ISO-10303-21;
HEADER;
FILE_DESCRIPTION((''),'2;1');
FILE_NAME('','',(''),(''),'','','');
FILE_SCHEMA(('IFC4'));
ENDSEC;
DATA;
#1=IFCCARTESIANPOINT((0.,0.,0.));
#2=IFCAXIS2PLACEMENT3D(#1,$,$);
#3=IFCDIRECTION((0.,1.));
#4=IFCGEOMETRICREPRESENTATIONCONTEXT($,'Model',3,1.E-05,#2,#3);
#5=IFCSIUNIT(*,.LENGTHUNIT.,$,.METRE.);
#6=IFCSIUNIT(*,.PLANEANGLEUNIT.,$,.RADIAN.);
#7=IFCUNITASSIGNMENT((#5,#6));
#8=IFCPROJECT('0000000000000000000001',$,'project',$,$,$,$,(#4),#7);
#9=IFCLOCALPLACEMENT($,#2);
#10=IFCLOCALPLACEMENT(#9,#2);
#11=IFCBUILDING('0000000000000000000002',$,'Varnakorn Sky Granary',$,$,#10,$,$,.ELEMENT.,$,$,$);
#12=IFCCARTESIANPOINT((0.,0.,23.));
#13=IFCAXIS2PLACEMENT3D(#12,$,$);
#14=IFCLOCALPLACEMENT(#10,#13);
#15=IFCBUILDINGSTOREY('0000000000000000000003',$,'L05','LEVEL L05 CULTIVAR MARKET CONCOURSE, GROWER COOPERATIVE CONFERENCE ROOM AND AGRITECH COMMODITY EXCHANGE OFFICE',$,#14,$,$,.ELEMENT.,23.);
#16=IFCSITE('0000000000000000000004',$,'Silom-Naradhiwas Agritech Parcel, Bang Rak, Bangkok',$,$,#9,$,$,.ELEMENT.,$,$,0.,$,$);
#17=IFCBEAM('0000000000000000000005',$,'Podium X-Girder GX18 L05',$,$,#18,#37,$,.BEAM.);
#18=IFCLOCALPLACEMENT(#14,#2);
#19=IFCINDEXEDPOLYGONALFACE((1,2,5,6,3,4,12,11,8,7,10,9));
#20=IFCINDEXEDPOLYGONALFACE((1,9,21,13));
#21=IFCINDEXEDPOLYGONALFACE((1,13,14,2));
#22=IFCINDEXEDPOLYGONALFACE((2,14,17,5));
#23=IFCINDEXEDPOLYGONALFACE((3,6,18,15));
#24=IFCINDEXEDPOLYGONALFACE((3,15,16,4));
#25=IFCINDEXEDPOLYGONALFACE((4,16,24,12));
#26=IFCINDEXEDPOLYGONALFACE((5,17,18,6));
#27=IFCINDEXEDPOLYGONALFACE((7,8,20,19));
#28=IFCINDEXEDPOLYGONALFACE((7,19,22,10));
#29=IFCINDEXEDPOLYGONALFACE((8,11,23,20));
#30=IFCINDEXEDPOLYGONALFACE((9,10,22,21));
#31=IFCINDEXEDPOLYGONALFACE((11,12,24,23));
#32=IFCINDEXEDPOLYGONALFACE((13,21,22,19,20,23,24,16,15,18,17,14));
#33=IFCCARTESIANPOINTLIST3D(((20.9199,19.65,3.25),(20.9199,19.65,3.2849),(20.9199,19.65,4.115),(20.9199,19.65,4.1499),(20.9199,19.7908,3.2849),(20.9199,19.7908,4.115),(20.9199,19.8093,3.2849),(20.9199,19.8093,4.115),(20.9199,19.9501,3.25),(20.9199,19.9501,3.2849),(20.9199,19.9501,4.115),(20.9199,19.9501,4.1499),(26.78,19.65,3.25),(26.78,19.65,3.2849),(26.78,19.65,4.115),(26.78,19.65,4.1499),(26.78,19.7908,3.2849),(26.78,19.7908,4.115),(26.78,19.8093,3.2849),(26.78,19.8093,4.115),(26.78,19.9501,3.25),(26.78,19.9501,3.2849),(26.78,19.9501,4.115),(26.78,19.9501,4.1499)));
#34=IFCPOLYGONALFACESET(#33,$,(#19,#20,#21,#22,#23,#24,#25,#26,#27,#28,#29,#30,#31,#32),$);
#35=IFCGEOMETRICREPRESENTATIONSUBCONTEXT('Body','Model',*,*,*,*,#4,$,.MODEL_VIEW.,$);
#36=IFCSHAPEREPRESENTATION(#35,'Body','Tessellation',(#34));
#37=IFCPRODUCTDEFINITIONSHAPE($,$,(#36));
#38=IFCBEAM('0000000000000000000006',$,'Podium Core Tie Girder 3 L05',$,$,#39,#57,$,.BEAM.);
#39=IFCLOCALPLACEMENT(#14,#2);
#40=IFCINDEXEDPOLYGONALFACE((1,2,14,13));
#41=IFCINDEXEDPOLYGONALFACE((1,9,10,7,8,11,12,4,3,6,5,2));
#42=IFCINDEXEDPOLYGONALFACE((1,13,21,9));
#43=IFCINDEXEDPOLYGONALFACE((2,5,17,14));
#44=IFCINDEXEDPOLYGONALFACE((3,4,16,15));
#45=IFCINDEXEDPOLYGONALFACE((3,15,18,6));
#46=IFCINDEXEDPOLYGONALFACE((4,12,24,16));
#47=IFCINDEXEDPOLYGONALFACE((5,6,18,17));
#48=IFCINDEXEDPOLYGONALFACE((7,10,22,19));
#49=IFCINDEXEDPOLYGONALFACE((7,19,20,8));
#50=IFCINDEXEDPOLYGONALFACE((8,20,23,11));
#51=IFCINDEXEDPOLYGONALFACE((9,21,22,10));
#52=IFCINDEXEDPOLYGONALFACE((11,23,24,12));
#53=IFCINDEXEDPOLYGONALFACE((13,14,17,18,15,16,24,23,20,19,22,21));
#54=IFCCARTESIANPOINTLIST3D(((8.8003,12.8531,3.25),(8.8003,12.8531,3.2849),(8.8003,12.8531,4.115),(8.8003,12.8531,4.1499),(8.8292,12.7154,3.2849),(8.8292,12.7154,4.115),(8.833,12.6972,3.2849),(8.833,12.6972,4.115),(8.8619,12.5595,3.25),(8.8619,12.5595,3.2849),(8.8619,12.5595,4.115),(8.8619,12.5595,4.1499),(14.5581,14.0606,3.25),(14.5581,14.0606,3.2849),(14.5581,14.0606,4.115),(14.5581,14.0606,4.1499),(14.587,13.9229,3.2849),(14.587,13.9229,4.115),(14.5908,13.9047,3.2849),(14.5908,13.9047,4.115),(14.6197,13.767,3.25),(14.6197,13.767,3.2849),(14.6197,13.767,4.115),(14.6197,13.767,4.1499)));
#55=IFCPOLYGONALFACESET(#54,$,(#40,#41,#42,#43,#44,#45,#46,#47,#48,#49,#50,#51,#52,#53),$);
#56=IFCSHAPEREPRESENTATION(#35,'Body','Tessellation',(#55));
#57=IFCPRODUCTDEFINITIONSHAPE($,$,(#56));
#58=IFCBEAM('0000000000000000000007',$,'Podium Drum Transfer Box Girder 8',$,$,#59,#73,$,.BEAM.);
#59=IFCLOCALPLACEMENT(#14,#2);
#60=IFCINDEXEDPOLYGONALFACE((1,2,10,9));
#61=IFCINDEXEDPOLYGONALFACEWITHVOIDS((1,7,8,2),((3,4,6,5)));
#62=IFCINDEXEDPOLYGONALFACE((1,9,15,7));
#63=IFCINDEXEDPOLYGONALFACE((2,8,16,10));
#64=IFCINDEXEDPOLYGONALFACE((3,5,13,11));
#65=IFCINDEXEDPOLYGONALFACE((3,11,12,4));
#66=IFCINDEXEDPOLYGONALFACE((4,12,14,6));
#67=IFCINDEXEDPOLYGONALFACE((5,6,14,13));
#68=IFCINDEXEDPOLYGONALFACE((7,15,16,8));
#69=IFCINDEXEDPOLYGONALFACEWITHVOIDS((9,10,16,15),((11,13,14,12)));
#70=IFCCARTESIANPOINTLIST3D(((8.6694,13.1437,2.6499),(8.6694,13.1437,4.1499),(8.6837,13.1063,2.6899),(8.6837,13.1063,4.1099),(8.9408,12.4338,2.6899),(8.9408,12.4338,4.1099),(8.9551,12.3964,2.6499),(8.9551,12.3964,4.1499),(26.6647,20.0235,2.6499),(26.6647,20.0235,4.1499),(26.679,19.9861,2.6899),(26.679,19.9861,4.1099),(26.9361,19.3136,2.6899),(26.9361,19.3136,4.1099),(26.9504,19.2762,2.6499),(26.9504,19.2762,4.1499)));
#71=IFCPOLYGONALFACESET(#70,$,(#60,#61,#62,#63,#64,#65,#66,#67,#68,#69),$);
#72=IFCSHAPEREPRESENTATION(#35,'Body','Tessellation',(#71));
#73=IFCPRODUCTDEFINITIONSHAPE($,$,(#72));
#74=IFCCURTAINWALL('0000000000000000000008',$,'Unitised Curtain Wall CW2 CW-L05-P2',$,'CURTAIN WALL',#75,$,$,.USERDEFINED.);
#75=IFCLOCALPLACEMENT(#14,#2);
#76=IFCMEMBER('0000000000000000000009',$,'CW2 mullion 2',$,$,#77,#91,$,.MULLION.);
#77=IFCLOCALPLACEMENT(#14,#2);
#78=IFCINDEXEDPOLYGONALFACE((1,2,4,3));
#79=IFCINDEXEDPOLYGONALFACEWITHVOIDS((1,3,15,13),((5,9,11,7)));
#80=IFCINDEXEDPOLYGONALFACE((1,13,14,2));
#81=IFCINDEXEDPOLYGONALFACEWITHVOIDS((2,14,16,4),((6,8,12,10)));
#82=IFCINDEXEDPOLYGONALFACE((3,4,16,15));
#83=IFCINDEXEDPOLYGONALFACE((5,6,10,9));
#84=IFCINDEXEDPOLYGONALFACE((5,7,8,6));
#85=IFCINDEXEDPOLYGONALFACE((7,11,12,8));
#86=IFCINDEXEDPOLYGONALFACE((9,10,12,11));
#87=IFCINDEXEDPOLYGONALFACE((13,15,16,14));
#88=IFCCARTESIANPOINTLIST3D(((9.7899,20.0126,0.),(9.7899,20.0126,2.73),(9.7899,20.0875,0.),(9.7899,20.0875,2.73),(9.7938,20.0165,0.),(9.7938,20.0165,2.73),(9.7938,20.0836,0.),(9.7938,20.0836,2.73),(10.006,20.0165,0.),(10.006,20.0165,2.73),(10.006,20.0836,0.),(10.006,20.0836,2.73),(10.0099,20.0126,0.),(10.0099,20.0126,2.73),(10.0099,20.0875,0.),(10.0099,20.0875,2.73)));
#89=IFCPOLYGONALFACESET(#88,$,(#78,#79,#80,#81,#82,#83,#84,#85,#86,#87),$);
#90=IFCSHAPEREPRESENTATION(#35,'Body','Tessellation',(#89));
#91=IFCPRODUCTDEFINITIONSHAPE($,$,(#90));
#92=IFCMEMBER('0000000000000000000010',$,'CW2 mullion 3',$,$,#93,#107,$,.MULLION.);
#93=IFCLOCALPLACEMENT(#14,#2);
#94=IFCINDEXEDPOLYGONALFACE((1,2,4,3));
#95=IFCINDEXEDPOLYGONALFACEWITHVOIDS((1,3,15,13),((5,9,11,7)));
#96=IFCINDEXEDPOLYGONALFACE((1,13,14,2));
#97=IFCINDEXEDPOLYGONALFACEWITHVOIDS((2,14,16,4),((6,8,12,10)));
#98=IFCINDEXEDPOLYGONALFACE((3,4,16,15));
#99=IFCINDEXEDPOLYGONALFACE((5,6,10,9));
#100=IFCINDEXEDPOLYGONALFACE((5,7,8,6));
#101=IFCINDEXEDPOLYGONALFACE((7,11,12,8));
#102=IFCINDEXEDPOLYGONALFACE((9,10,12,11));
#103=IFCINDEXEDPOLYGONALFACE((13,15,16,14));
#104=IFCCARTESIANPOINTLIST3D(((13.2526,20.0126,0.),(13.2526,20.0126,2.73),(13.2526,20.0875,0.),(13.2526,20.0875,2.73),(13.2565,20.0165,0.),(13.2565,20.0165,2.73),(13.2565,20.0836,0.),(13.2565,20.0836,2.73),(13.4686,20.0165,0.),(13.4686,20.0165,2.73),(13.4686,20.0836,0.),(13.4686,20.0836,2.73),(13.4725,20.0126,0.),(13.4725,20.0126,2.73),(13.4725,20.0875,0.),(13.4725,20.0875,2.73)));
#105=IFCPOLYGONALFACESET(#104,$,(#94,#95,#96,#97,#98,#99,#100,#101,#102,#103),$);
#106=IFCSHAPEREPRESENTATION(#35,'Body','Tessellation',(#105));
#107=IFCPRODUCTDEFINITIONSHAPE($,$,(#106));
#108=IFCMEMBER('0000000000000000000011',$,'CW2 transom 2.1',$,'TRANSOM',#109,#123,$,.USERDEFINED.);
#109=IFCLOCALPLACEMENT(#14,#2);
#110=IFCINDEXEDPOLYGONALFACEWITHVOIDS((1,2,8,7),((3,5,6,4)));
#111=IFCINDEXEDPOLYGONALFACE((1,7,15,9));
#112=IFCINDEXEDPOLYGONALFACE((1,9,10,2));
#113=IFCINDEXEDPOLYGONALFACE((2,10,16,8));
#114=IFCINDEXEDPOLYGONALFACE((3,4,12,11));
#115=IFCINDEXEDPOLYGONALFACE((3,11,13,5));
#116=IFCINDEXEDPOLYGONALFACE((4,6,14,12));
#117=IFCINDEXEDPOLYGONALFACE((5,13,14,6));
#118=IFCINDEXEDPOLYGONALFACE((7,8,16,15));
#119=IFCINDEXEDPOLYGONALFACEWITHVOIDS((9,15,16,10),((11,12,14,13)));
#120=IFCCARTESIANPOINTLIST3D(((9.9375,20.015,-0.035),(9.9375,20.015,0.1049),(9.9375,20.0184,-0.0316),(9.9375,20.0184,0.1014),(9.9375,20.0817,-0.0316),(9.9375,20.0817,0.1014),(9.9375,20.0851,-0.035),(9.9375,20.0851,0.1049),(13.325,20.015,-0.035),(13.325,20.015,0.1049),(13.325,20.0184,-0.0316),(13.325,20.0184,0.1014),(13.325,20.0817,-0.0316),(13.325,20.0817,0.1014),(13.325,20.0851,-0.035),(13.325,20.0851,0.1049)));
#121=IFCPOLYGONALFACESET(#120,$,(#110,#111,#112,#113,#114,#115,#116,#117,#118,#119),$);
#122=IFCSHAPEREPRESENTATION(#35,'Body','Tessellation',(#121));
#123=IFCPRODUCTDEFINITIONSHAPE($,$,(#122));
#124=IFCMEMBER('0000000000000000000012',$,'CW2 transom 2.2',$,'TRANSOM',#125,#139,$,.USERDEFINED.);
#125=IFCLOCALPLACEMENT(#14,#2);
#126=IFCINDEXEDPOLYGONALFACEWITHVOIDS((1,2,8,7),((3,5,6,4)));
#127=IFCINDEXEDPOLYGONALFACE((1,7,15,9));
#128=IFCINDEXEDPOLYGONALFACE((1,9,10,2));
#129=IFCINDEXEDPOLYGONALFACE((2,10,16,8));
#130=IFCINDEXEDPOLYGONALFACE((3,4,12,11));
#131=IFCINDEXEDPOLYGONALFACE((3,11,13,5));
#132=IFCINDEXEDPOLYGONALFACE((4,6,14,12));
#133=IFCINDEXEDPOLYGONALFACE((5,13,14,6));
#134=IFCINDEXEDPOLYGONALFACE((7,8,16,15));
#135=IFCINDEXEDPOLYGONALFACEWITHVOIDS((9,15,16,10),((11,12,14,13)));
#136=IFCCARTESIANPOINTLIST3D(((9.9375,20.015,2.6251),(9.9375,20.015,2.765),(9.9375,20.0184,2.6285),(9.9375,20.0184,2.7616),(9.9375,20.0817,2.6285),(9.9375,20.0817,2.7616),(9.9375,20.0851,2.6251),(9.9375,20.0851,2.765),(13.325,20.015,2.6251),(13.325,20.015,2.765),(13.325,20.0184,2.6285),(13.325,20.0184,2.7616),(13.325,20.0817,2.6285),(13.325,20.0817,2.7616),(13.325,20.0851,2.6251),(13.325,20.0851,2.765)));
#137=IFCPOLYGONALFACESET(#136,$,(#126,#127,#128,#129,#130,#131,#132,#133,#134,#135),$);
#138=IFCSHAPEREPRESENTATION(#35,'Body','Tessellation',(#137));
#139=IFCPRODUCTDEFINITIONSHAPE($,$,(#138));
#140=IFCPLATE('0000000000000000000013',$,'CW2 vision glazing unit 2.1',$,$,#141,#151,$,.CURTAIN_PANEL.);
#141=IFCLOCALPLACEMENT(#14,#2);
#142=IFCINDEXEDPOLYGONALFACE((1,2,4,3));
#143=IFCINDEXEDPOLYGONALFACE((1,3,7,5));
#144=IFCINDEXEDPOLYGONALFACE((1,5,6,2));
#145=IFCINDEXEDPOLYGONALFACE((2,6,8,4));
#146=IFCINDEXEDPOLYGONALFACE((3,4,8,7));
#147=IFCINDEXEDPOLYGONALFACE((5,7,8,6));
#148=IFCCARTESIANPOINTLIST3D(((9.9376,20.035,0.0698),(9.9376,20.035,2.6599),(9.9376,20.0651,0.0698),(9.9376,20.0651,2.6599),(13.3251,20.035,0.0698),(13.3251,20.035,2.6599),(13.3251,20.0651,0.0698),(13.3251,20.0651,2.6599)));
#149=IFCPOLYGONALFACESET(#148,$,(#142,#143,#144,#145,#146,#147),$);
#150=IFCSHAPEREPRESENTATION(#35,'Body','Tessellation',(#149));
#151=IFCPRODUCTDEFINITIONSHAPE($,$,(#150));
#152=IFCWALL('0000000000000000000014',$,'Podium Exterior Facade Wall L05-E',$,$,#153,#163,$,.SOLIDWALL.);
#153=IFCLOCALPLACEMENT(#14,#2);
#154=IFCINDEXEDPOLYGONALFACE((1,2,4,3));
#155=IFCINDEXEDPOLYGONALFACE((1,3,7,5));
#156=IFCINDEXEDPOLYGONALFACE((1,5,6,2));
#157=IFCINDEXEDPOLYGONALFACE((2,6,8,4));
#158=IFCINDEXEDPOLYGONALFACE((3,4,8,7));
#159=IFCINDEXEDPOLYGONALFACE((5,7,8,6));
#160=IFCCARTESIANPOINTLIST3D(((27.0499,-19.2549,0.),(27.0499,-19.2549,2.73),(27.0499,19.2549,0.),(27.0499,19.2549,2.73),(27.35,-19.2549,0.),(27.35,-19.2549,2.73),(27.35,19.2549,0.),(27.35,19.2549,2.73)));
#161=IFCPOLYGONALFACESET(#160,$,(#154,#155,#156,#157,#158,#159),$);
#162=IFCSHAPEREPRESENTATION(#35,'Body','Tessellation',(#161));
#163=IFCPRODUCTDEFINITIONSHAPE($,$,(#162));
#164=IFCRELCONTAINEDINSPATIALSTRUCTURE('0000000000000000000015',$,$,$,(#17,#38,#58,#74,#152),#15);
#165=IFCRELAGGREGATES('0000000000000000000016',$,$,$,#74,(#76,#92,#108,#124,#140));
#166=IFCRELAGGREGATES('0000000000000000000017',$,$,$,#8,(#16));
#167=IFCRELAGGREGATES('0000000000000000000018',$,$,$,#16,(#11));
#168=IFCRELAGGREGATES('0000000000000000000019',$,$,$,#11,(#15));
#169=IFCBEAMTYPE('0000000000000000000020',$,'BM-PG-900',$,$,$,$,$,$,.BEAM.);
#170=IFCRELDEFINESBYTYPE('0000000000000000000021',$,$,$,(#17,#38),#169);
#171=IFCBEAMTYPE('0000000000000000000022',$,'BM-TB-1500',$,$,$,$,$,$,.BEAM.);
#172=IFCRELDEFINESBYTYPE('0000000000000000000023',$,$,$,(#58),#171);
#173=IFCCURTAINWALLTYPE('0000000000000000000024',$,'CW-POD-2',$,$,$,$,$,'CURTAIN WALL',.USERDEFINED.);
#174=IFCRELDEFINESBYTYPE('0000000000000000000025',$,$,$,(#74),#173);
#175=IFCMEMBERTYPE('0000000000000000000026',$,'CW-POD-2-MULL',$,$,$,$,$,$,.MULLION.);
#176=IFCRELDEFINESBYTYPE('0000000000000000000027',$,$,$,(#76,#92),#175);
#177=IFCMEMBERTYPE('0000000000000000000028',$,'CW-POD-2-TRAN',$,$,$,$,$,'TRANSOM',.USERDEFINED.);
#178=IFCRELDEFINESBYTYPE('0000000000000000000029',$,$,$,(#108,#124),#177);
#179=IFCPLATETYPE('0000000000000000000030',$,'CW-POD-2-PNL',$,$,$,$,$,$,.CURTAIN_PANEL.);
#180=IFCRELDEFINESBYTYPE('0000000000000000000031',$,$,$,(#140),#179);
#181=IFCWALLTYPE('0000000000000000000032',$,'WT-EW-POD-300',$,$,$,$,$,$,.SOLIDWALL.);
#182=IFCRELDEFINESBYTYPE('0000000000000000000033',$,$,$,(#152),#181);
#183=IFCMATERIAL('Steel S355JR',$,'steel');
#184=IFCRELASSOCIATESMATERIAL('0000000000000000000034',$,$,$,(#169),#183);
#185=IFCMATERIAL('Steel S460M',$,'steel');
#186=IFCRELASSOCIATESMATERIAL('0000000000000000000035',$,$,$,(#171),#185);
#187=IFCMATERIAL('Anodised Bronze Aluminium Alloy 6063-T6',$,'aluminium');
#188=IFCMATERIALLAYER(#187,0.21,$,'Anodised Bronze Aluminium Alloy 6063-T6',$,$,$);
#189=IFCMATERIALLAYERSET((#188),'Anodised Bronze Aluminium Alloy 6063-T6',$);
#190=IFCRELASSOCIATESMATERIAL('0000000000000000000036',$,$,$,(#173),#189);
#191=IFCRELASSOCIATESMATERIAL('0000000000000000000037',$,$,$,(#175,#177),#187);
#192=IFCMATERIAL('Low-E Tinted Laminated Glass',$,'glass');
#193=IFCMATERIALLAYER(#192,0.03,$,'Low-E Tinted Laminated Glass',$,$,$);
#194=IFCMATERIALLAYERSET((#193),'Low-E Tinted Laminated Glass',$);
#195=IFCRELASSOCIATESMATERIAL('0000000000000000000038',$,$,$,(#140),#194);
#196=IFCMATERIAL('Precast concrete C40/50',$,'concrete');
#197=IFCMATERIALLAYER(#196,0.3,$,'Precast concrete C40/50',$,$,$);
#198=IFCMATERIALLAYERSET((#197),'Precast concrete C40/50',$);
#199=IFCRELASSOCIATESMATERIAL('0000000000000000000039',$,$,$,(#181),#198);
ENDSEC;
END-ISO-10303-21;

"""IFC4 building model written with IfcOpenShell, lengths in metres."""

from ifc_helpers import new_model, si_unit, direction, frame, frame_2d, origin, origin_2d, place, context, subcontext, project, spatial, rectangle, hollow_rectangle, i_section, extrude, source, transform, mapped, material, layer, layer_set, material_profile, profile_set, type_object, type_shapes, element, aggregate, save


model = new_model("IFC4")

# Units and contexts
model_context = context("Model", 3, precision=1e-05, world=origin(), true_north=direction((0.0, 1.0)))
body_context = subcontext(model_context, "Body", "Model", "MODEL_VIEW")
ifc_project = project(units=[si_unit("LENGTHUNIT", "METRE"), si_unit("PLANEANGLEUNIT", "RADIAN")], contexts=[model_context])

# Site, building, storey
site_placement = place(None, origin())
site = spatial("IfcSite", under=ifc_project, at=site_placement, Name="Silom-Naradhiwas Agritech Parcel, Bang Rak, Bangkok", CompositionType="ELEMENT", RefElevation=0.0)
building_placement = place(site_placement, origin())
building = spatial("IfcBuilding", under=site, at=building_placement, Name="Varnakorn Sky Granary", CompositionType="ELEMENT")
storey_placement = place(building_placement, frame((0.0, 0.0, 23.0)))
storey = spatial("IfcBuildingStorey", under=building, at=storey_placement, Name="L05", Description="LEVEL L05 CULTIVAR MARKET CONCOURSE, GROWER COOPERATIVE CONFERENCE ROOM AND AGRITECH COMMODITY EXCHANGE OFFICE", CompositionType="ELEMENT", Elevation=23.0)

# Beams
ifc_material_1 = material(Name="Steel S355JR", Category="steel")
ifc_material_profile_1 = material_profile(ifc_material_1, i_section(OverallWidth=0.3, OverallDepth=0.8999, WebThickness=0.0186, FlangeThickness=0.0349, at=origin_2d()), Name="HE 900 B")
ifc_profile_set_1 = profile_set([ifc_material_profile_1], Name="Steel S355JR")
beam_type_1 = type_object("IfcBeamType", Name="BM-PG-900", PredefinedType="BEAM", material=ifc_profile_set_1)
beam_1_placement = place(storey_placement, frame((20.9199, 19.8, 3.7), z_axis=(1.0, 0.0, 0.0), x_axis=(0.0, 1.0, 0.0)))
element("IfcBeam", 1, at=beam_1_placement, inside=storey, type_object=beam_type_1, Name="Podium X-Girder GX18 L05", PredefinedType="BEAM", context=body_context, shape_type="SweptSolid", body=[
    extrude(i_section(OverallWidth=0.3, OverallDepth=0.8999, WebThickness=0.0186, FlangeThickness=0.0349, at=origin_2d()), origin(), (0.0, 0.0, 1.0), 5.8601),
])
beam_2_placement = place(storey_placement, frame((14.5889, 13.9138, 3.7), z_axis=(-0.978709, -0.205253, 0.0), x_axis=(0.205253, -0.978709, 0.0)))
element("IfcBeam", 2, at=beam_2_placement, inside=storey, type_object=beam_type_1, Name="Podium Core Tie Girder 3 L05", PredefinedType="BEAM", context=body_context, shape_type="SweptSolid", body=[
    extrude(i_section(OverallWidth=0.3, OverallDepth=0.8999, WebThickness=0.0186, FlangeThickness=0.0349, at=origin_2d()), origin(), (0.0, 0.0, 1.0), 5.8831),
])
ifc_material_2 = material(Name="Steel S460M", Category="steel")
ifc_material_profile_2 = material_profile(ifc_material_2, hollow_rectangle(XDim=0.8, YDim=1.5, WallThickness=0.04, at=origin_2d()), Name="BOX 800x1500x40")
ifc_profile_set_2 = profile_set([ifc_material_profile_2], Name="Steel S460M")
beam_type_2 = type_object("IfcBeamType", Name="BM-TB-1500", PredefinedType="BEAM", material=ifc_profile_set_2)
beam_3_placement = place(storey_placement, frame((8.8123, 12.77, 3.3999), z_axis=(0.934064, 0.357106, 0.0), x_axis=(-0.357106, 0.934064, 0.0)))
element("IfcBeam", 3, at=beam_3_placement, inside=storey, type_object=beam_type_2, Name="Podium Drum Transfer Box Girder 8", PredefinedType="BEAM", context=body_context, shape_type="SweptSolid", body=[
    extrude(hollow_rectangle(XDim=0.8, YDim=1.5, WallThickness=0.04, at=origin_2d()), origin(), (0.0, 0.0, 1.0), 19.2656),
])

# Curtain wall, members, plate
ifc_material_3 = material(Name="Anodised Bronze Aluminium Alloy 6063-T6", Category="aluminium")
ifc_layer_1 = layer(ifc_material_3, 0.21, Name="Anodised Bronze Aluminium Alloy 6063-T6")
ifc_layer_set_1 = layer_set([ifc_layer_1], Name="Anodised Bronze Aluminium Alloy 6063-T6")
curtain_wall_type = type_object("IfcCurtainWallType", Name="CW-POD-2", ElementType="CURTAIN WALL", PredefinedType="USERDEFINED", material=ifc_layer_set_1)
curtain_wall_placement = place(storey_placement, origin())
curtain_wall = element("IfcCurtainWall", 4, at=curtain_wall_placement, inside=storey, type_object=curtain_wall_type, Name="Unitised Curtain Wall CW2 CW-L05-P2", ObjectType="CURTAIN WALL", PredefinedType="USERDEFINED")
ifc_material_profile_3 = material_profile(ifc_material_3, hollow_rectangle(XDim=0.075, YDim=0.22, WallThickness=0.0039, at=origin_2d()), Name="ALU MULL 75x220")
ifc_profile_set_3 = profile_set([ifc_material_profile_3], Name="Anodised Bronze Aluminium Alloy 6063-T6")
member_type_1 = type_object("IfcMemberType", Name="CW-POD-2-MULL", PredefinedType="MULLION", material=ifc_profile_set_3)
member_1_placement = place(storey_placement, frame((9.8999, 20.05, 0.0), z_axis=(0.0, 0.0, 1.0), x_axis=(0.0, 1.0, 0.0)))
member_1 = element("IfcMember", 5, at=member_1_placement, type_object=member_type_1, Name="CW2 mullion 2", PredefinedType="MULLION", context=body_context, shape_type="SweptSolid", body=[
    extrude(hollow_rectangle(XDim=0.075, YDim=0.22, WallThickness=0.0039, at=origin_2d()), origin(), (0.0, 0.0, 1.0), 2.73),
])
member_2_placement = place(storey_placement, frame((13.3625, 20.05, 0.0), z_axis=(0.0, 0.0, 1.0), x_axis=(0.0, 1.0, 0.0)))
member_2 = element("IfcMember", 6, at=member_2_placement, type_object=member_type_1, Name="CW2 mullion 3", PredefinedType="MULLION", context=body_context, shape_type="SweptSolid", body=[
    extrude(hollow_rectangle(XDim=0.075, YDim=0.22, WallThickness=0.0039, at=origin_2d()), origin(), (0.0, 0.0, 1.0), 2.73),
])
ifc_material_profile_4 = material_profile(ifc_material_3, hollow_rectangle(XDim=0.0701, YDim=0.1399, WallThickness=0.0034, at=origin_2d()), Name="ALU TRAN 70x140")
ifc_profile_set_4 = profile_set([ifc_material_profile_4], Name="Anodised Bronze Aluminium Alloy 6063-T6")
member_type_2 = type_object("IfcMemberType", Name="CW-POD-2-TRAN", ElementType="TRANSOM", PredefinedType="USERDEFINED", material=ifc_profile_set_4)
member_3_placement = place(storey_placement, frame((9.9375, 20.05, 0.0349), z_axis=(1.0, 0.0, 0.0), x_axis=(0.0, 1.0, 0.0)))
member_3 = element("IfcMember", 7, at=member_3_placement, type_object=member_type_2, Name="CW2 transom 2.1", ObjectType="TRANSOM", PredefinedType="USERDEFINED", context=body_context, shape_type="SweptSolid", body=[
    extrude(hollow_rectangle(XDim=0.0701, YDim=0.1399, WallThickness=0.0034, at=origin_2d()), origin(), (0.0, 0.0, 1.0), 3.3875),
])
member_4_placement = place(storey_placement, frame((9.9375, 20.05, 2.6951), z_axis=(1.0, 0.0, 0.0), x_axis=(0.0, 1.0, 0.0)))
member_4 = element("IfcMember", 8, at=member_4_placement, type_object=member_type_2, Name="CW2 transom 2.2", ObjectType="TRANSOM", PredefinedType="USERDEFINED", context=body_context, shape_type="SweptSolid", body=[
    extrude(hollow_rectangle(XDim=0.0701, YDim=0.1399, WallThickness=0.0034, at=origin_2d()), origin(), (0.0, 0.0, 1.0), 3.3875),
])
ifc_material_4 = material(Name="Low-E Tinted Laminated Glass", Category="glass")
ifc_layer_2 = layer(ifc_material_4, 0.03, Name="Low-E Tinted Laminated Glass")
ifc_layer_set_2 = layer_set([ifc_layer_2], Name="Low-E Tinted Laminated Glass")
plate_type = type_object("IfcPlateType", Name="CW-POD-2-PNL", PredefinedType="CURTAIN_PANEL")
shared_shape = source(origin(), body_context, "Body", "SweptSolid", [
    extrude(rectangle(XDim=3.3875, YDim=0.03, at=origin_2d()), origin(), (0.0, 0.0, 1.0), 2.5901),
])
type_shapes(plate_type, [shared_shape])
plate_placement = place(storey_placement, frame((11.6313, 20.05, 0.0698), z_axis=(0.0, 0.0, 1.0), x_axis=(1.0, 0.0, 0.0)))
plate = element("IfcPlate", 9, at=plate_placement, type_object=plate_type, material=ifc_layer_set_2, Name="CW2 vision glazing unit 2.1", PredefinedType="CURTAIN_PANEL", context=body_context, shape_type="MappedRepresentation", body=[
    mapped(shared_shape, transform((0.0, 0.0, 0.0), x_axis=(1.0, 0.0, 0.0), y_axis=(0.0, 1.0, 0.0), z_axis=(0.0, 0.0, 1.0), scale=1.0)),
])
aggregate(curtain_wall, [member_1, member_2, member_3, member_4, plate])

# Wall
ifc_material_5 = material(Name="Precast concrete C40/50", Category="concrete")
ifc_layer_3 = layer(ifc_material_5, 0.3, Name="Precast concrete C40/50")
ifc_layer_set_3 = layer_set([ifc_layer_3], Name="Precast concrete C40/50")
wall_type_1 = type_object("IfcWallType", Name="WT-EW-POD-300", PredefinedType="SOLIDWALL", material=ifc_layer_set_3)
wall_1_placement = place(storey_placement, frame((27.2, 19.2549, 0.0), z_axis=(0.0, 0.0, 1.0), x_axis=(0.0, -1.0, 0.0)))
element("IfcWall", 10, at=wall_1_placement, inside=storey, type_object=wall_type_1, Name="Podium Exterior Facade Wall L05-E", PredefinedType="SOLIDWALL", context=body_context, shape_type="SweptSolid", body=[
    extrude(rectangle(XDim=38.5098, YDim=0.3, at=frame_2d((19.2549, 0.0))), origin(), (0.0, 0.0, 1.0), 2.73),
])

save(model, "model.ifc")
